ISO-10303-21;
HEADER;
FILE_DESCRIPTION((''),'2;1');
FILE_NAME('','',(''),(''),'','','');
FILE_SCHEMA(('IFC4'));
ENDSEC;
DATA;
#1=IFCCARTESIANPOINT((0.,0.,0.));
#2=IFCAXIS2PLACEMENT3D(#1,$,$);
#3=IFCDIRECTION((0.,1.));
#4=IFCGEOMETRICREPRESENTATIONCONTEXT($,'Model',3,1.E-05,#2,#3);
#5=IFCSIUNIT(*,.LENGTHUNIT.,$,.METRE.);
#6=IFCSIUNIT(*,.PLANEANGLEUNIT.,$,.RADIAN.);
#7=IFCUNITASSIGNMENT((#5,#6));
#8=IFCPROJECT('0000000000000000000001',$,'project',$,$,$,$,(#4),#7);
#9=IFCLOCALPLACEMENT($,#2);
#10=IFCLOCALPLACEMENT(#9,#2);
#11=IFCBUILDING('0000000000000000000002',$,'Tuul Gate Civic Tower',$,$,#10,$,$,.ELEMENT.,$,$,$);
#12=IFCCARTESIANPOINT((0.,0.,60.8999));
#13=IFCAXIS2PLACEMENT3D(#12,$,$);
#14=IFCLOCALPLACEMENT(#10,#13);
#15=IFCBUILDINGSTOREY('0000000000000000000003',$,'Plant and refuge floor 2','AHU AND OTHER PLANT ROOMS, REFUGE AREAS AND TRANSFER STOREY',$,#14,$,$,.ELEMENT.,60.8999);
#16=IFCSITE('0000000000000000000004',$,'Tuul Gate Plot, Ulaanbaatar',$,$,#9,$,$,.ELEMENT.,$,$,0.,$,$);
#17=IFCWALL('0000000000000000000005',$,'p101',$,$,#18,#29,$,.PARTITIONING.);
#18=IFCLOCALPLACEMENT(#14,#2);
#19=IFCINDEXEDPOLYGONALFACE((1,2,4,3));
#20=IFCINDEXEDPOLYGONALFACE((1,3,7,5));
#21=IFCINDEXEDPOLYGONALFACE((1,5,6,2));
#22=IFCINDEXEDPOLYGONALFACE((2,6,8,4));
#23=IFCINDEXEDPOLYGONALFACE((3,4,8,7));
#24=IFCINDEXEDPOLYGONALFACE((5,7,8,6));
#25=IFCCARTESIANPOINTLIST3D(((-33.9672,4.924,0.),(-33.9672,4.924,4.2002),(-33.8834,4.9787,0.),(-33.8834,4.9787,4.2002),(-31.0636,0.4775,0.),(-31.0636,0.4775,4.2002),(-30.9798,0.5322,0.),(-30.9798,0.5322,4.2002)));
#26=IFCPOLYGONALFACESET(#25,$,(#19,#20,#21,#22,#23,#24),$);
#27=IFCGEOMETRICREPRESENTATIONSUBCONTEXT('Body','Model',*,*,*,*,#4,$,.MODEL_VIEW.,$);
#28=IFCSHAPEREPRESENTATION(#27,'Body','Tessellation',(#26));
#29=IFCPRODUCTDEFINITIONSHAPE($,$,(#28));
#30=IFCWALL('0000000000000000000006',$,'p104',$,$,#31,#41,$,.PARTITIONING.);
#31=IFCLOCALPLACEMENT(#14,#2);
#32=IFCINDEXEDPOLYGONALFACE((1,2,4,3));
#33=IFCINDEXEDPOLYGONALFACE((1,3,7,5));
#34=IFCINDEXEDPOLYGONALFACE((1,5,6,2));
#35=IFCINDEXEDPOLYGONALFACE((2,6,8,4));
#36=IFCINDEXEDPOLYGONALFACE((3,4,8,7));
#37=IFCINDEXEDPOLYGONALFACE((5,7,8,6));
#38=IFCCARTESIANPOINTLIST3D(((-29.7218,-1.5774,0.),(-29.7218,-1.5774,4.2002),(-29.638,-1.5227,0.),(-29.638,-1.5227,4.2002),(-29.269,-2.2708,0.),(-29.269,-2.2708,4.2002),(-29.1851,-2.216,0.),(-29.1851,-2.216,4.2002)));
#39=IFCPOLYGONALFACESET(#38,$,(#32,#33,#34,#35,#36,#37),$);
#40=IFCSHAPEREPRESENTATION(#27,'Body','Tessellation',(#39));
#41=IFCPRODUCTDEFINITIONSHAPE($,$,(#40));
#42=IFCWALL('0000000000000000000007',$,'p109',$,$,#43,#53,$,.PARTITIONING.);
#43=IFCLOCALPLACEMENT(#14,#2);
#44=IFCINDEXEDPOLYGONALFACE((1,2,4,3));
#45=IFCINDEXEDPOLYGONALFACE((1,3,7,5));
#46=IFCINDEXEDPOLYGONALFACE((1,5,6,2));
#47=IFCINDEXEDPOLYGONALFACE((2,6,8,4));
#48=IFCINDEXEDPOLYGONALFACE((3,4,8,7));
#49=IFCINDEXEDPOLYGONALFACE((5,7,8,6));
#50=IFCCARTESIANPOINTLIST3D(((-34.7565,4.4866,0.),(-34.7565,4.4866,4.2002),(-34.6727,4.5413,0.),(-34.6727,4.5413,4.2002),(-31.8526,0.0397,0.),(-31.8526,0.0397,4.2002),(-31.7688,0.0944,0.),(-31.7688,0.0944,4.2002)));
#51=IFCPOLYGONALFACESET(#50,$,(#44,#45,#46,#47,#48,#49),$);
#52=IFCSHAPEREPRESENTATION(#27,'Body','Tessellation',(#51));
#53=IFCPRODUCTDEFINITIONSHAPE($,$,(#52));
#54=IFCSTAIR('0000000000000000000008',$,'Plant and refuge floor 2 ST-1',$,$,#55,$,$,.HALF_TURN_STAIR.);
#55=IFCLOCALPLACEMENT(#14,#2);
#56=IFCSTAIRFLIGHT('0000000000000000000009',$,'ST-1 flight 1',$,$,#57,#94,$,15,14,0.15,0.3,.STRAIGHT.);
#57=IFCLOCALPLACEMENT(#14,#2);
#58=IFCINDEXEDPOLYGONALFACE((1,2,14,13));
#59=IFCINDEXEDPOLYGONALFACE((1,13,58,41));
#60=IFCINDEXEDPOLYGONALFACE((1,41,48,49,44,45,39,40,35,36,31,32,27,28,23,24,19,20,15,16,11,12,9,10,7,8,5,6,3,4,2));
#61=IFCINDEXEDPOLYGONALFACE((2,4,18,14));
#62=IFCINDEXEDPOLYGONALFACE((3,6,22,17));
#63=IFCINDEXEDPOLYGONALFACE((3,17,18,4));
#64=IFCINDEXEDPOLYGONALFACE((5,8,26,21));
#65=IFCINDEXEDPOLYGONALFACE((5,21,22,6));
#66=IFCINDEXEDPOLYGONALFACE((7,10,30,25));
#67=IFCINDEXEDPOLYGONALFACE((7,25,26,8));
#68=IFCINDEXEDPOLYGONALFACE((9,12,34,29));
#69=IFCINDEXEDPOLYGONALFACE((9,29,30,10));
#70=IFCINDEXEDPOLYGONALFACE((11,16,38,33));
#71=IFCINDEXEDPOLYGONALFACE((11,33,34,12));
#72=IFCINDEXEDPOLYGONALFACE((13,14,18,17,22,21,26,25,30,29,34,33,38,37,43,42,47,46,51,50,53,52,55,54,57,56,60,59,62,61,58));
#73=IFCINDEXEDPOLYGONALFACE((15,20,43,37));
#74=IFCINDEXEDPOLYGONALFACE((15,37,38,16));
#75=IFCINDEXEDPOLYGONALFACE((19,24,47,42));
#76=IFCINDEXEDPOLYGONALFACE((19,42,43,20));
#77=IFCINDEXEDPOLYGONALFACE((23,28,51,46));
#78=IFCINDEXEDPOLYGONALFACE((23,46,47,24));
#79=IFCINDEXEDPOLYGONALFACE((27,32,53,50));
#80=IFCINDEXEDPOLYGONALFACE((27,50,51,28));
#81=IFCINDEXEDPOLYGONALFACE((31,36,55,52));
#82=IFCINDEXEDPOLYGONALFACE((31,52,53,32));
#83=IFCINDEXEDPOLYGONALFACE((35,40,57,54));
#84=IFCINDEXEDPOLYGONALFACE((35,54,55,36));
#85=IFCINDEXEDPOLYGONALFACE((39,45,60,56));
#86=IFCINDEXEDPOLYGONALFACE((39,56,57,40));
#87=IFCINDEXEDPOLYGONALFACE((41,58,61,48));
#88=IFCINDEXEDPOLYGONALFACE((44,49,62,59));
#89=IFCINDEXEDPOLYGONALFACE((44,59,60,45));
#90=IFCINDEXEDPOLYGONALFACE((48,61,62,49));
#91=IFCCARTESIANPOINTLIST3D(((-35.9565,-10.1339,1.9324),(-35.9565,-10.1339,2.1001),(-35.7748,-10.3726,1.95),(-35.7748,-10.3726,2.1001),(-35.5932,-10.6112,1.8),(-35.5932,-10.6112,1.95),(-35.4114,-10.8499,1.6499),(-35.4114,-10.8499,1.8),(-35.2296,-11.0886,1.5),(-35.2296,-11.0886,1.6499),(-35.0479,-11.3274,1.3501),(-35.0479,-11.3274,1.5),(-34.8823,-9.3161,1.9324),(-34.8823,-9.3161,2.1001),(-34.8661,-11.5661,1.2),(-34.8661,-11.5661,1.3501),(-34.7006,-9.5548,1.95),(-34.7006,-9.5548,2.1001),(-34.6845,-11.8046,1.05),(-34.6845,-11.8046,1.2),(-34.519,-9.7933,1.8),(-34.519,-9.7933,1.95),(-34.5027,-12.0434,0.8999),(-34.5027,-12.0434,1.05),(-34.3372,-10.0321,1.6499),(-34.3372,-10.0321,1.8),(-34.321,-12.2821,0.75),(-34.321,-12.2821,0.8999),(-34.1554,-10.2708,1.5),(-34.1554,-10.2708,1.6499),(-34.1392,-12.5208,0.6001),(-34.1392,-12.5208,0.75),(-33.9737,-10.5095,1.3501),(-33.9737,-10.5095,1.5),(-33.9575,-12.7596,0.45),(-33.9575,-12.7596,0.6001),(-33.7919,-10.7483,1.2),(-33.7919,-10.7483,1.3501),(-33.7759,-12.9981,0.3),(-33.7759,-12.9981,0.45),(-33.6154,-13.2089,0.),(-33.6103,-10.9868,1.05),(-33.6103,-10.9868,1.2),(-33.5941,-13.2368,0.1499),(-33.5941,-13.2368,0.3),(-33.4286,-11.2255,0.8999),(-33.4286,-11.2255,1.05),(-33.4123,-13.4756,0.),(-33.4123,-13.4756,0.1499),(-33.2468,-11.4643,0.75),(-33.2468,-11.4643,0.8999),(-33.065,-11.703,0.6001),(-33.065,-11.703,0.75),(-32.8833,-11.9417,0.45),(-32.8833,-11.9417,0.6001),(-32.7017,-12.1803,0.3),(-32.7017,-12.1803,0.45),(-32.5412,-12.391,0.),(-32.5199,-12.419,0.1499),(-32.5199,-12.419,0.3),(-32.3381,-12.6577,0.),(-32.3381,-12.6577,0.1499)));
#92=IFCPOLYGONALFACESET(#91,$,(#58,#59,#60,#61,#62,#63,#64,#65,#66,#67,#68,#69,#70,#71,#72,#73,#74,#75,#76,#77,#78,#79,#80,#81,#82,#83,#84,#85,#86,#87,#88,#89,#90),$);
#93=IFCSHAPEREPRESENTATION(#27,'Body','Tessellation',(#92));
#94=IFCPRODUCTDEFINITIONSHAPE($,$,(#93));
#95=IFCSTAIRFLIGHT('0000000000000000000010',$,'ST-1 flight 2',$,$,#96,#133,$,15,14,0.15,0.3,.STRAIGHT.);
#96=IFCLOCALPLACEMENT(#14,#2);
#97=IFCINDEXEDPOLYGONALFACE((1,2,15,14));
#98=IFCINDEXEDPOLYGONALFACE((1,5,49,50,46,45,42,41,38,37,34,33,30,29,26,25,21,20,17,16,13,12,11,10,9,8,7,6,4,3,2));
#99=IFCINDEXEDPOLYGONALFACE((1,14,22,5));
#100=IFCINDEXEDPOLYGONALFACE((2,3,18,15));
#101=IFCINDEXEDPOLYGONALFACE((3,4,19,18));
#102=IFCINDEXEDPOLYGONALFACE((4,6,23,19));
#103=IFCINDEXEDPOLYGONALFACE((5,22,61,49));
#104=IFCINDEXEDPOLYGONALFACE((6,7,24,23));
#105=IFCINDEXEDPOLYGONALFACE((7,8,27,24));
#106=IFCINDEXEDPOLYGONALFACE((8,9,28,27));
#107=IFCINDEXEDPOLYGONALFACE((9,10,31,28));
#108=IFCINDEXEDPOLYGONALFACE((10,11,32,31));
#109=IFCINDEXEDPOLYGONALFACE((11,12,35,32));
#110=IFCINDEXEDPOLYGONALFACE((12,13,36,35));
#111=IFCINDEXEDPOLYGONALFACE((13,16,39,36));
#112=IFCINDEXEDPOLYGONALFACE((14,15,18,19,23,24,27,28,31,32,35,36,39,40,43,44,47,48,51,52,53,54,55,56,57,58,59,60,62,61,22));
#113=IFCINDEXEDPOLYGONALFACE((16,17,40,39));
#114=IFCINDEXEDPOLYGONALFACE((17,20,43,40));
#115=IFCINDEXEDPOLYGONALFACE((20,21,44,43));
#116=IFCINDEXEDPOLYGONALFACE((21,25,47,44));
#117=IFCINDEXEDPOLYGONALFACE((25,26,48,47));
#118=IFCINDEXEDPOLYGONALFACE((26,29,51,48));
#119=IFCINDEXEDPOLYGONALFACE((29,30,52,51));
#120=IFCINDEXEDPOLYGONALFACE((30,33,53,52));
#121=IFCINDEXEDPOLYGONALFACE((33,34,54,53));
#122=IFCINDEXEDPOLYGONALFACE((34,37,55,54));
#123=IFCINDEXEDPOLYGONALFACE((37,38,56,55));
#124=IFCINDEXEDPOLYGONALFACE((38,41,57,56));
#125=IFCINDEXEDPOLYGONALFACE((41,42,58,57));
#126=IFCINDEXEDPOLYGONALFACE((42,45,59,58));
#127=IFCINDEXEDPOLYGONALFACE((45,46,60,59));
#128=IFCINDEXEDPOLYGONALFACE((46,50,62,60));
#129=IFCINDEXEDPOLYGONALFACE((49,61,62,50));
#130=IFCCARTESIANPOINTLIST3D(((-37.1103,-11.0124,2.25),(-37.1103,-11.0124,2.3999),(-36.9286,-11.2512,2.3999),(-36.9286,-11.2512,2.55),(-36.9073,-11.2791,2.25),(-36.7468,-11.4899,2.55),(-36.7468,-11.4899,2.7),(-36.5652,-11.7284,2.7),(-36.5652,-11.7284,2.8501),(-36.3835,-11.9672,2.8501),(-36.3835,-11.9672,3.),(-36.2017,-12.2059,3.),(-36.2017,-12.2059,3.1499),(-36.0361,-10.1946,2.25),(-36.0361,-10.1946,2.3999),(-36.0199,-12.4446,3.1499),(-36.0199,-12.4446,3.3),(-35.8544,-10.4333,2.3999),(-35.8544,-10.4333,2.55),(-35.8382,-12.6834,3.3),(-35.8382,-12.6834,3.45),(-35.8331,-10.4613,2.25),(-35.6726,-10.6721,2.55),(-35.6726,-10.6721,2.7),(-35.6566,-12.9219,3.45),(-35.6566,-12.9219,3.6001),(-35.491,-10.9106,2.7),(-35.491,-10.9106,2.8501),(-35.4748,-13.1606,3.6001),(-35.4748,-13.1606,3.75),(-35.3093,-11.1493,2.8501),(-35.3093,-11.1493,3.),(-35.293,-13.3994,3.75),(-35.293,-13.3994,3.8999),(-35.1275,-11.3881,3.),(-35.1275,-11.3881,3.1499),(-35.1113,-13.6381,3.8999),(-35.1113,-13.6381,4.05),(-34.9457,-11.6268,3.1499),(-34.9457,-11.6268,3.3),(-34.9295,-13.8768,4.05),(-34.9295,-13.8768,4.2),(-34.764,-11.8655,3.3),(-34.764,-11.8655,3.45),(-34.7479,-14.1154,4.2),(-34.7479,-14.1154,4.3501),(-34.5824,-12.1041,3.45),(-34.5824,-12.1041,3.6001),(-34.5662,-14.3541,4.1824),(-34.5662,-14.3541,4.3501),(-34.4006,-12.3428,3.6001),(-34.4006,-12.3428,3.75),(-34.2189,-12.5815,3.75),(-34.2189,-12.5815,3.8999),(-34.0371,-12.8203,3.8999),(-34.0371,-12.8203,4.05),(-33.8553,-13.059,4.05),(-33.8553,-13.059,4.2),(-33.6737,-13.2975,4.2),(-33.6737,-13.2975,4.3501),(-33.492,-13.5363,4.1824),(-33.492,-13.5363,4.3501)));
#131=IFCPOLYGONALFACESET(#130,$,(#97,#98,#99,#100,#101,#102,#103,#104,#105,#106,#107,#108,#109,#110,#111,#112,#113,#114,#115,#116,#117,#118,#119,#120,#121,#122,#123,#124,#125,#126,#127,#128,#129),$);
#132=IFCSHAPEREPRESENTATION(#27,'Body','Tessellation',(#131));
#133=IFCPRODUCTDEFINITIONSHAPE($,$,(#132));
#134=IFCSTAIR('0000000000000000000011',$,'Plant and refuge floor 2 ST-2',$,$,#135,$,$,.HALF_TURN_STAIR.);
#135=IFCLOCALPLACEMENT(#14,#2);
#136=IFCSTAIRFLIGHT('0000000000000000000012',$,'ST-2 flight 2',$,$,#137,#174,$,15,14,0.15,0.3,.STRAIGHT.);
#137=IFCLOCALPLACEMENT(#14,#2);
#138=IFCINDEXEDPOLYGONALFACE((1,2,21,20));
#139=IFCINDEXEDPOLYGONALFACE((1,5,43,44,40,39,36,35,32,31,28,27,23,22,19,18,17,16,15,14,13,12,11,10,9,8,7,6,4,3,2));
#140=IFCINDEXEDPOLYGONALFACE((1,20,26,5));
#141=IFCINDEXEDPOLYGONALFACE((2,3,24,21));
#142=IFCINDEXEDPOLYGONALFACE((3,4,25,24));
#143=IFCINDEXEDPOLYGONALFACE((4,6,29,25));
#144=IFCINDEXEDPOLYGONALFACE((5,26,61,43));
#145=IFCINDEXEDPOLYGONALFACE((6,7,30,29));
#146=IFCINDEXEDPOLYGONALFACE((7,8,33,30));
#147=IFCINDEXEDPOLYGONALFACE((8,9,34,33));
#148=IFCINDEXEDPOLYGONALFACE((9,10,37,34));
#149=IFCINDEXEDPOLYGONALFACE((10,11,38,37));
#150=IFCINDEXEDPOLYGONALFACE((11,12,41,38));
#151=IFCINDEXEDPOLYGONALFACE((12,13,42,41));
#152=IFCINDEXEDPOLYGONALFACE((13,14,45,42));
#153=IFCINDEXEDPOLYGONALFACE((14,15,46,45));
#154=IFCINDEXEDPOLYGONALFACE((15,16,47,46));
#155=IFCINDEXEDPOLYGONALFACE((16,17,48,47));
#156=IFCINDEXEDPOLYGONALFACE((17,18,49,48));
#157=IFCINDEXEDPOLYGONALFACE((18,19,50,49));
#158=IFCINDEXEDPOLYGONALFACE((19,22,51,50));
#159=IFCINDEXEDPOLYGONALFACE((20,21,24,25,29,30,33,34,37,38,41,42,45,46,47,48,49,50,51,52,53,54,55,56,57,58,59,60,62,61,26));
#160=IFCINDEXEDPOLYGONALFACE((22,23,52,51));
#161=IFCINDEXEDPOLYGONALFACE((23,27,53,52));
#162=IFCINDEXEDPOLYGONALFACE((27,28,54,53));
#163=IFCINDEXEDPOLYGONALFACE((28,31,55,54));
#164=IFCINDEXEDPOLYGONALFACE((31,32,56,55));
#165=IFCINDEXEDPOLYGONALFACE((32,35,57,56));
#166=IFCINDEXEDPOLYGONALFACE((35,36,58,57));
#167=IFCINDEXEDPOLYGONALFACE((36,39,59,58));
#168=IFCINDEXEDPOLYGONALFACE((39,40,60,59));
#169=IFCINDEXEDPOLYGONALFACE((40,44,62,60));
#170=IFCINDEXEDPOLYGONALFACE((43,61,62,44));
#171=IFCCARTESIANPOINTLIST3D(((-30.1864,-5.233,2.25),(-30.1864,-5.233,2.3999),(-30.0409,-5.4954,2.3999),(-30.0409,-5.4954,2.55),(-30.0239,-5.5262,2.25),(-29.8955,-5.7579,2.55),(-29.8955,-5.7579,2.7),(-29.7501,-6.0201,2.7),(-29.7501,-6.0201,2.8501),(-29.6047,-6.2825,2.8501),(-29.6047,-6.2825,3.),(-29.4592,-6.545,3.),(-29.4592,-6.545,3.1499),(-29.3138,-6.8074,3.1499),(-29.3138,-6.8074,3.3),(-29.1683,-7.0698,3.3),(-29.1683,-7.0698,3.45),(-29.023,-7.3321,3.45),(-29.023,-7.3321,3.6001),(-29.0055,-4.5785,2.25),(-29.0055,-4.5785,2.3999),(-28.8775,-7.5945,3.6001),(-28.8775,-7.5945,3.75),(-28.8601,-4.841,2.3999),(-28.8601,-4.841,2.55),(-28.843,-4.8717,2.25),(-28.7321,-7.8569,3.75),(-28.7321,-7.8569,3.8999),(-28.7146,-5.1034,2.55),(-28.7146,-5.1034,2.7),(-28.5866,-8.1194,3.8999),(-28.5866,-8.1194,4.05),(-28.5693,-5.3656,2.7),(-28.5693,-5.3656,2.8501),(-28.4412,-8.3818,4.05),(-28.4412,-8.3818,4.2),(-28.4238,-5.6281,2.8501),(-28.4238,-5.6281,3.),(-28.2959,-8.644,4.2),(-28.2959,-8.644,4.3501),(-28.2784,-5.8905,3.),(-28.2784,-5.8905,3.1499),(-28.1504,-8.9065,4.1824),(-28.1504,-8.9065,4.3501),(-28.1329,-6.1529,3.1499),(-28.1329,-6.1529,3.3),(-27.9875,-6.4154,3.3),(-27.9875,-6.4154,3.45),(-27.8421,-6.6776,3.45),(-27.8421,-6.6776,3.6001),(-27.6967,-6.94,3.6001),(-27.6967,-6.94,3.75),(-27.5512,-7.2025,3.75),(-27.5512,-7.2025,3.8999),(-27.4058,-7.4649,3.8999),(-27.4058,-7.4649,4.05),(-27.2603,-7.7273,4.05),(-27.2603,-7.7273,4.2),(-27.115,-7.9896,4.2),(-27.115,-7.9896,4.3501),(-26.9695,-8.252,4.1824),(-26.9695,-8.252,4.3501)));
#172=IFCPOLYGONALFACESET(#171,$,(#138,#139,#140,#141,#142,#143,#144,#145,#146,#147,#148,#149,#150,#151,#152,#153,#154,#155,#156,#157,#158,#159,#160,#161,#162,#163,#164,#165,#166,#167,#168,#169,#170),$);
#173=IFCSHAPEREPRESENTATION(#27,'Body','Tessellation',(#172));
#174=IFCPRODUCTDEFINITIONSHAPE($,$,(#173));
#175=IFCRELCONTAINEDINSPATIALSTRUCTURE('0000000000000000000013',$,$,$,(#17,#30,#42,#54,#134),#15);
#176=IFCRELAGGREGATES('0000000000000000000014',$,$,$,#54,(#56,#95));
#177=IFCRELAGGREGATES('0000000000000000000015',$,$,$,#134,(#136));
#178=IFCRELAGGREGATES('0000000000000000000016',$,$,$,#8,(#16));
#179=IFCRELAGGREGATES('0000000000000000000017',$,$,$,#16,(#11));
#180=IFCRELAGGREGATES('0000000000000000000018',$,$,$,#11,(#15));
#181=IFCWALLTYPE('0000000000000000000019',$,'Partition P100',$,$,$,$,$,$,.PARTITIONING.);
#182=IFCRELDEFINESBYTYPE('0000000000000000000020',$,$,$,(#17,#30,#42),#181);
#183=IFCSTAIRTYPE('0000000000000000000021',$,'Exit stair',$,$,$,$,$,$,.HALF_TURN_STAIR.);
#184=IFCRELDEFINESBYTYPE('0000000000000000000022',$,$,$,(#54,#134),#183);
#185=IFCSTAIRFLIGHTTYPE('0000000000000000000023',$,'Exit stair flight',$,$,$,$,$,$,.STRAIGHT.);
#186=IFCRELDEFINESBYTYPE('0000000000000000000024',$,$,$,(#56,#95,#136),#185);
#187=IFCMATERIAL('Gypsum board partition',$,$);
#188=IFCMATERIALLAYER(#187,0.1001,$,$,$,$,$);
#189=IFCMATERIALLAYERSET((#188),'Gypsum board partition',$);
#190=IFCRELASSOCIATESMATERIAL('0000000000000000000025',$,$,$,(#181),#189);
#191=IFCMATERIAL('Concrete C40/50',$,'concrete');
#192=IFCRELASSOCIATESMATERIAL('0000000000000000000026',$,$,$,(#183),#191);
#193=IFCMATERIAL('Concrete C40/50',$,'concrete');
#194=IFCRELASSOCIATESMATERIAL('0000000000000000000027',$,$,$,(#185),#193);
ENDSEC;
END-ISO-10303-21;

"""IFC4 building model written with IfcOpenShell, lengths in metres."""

from ifc_helpers import new_model, si_unit, direction, frame, frame_2d, origin, place, context, subcontext, project, spatial, polyline, rectangle, outline, extrude, material, layer, layer_set, type_object, element, aggregate, save


model = new_model("IFC4")

# Units and contexts
model_context = context("Model", 3, precision=1e-05, world=origin(), true_north=direction((0.0, 1.0)))
body_context = subcontext(model_context, "Body", "Model", "MODEL_VIEW")
ifc_project = project(units=[si_unit("LENGTHUNIT", "METRE"), si_unit("PLANEANGLEUNIT", "RADIAN")], contexts=[model_context])

# Site, building, storey
site_placement = place(None, origin())
site = spatial("IfcSite", under=ifc_project, at=site_placement, Name="Tuul Gate Plot, Ulaanbaatar", CompositionType="ELEMENT", RefElevation=0.0)
building_placement = place(site_placement, origin())
building = spatial("IfcBuilding", under=site, at=building_placement, Name="Tuul Gate Civic Tower", CompositionType="ELEMENT")
storey_placement = place(building_placement, frame((0.0, 0.0, 60.8999)))
storey = spatial("IfcBuildingStorey", under=building, at=storey_placement, Name="Plant and refuge floor 2", Description="AHU AND OTHER PLANT ROOMS, REFUGE AREAS AND TRANSFER STOREY", CompositionType="ELEMENT", Elevation=60.8999)

# Walls
ifc_material_1 = material(Name="Gypsum board partition")
ifc_layer_1 = layer(ifc_material_1, 0.1001)
ifc_layer_set_1 = layer_set([ifc_layer_1], Name="Gypsum board partition")
wall_type_1 = type_object("IfcWallType", Name="Partition P100", PredefinedType="PARTITIONING", material=ifc_layer_set_1)
wall_1_placement = place(storey_placement, frame((-31.0217, 0.5049, 0.0), z_axis=(0.0, 0.0, 1.0), x_axis=(-0.54675, 0.837296, 0.0)))
element("IfcWall", 1, at=wall_1_placement, inside=storey, type_object=wall_type_1, Name="p101", PredefinedType="PARTITIONING", context=body_context, shape_type="SweptSolid", body=[
    extrude(rectangle(XDim=5.3105, YDim=0.1001, at=frame_2d((2.6553, 0.0))), origin(), (0.0, 0.0, 1.0), 4.2002),
])
wall_2_placement = place(storey_placement, frame((-29.2271, -2.2434, 0.0), z_axis=(0.0, 0.0, 1.0), x_axis=(-0.546852, 0.837229, 0.0)))
element("IfcWall", 2, at=wall_2_placement, inside=storey, type_object=wall_type_1, Name="p104", PredefinedType="PARTITIONING", context=body_context, shape_type="SweptSolid", body=[
    extrude(rectangle(XDim=0.8281, YDim=0.1001, at=frame_2d((0.4141, 0.0))), origin(), (0.0, 0.0, 1.0), 4.2002),
])
wall_3_placement = place(storey_placement, frame((-34.7146, 4.5139, 0.0), z_axis=(0.0, 0.0, 1.0), x_axis=(0.546761, -0.837289, 0.0)))
element("IfcWall", 3, at=wall_3_placement, inside=storey, type_object=wall_type_1, Name="p109", PredefinedType="PARTITIONING", context=body_context, shape_type="SweptSolid", body=[
    extrude(rectangle(XDim=5.311, YDim=0.1001, at=frame_2d((2.6555, 0.0))), origin(), (0.0, 0.0, 1.0), 4.2002),
])

# Stair, stair flights
ifc_material_2 = material(Name="Concrete C40/50", Category="concrete")
stair_type = type_object("IfcStairType", Name="Exit stair", PredefinedType="HALF_TURN_STAIR", material=ifc_material_2)
stair_1_placement = place(storey_placement, origin())
stair_1 = element("IfcStair", 4, at=stair_1_placement, inside=storey, type_object=stair_type, Name="Plant and refuge floor 2 ST-1", PredefinedType="HALF_TURN_STAIR")
ifc_material_3 = material(Name="Concrete C40/50", Category="concrete")
stair_flight_type = type_object("IfcStairFlightType", Name="Exit stair flight", PredefinedType="STRAIGHT", material=ifc_material_3)
stair_flight_1_placement = place(storey_placement, frame((-32.8752, -13.0667, 0.0), z_axis=(0.0, 0.0, 1.0), x_axis=(-0.605764, 0.795644, 0.0)))
stair_flight_1 = element("IfcStairFlight", 5, at=stair_flight_1_placement, type_object=stair_flight_type, Name="ST-1 flight 1", NumberOfRisers=15, NumberOfTreads=14, PredefinedType="STRAIGHT", RiserHeight=0.15, TreadLength=0.3, context=body_context, shape_type="SweptSolid", body=[
    extrude(outline(polyline([(0.0, 0.0), (0.0, 0.1499), (0.3, 0.1499), (0.3, 0.3), (0.6001, 0.3), (0.6001, 0.45), (0.8999, 0.45), (0.8999, 0.6001), (1.2, 0.6001), (1.2, 0.75), (1.5, 0.75), (1.5, 0.8999), (1.8, 0.8999), (1.8, 1.05), (2.1001, 1.05), (2.1001, 1.2), (2.3999, 1.2), (2.3999, 1.3501), (2.7, 1.3501), (2.7, 1.5), (3.0, 1.5), (3.0, 1.6499), (3.3, 1.6499), (3.3, 1.8), (3.6001, 1.8), (3.6001, 1.95), (3.8999, 1.95), (3.8999, 2.1001), (4.2, 2.1001), (4.2, 2.25), (4.2, 1.9324), (0.3352, 0.0), (0.0, 0.0)])), frame((0.0, 0.675, 0.0), z_axis=(0.0, -1.0, 0.0), x_axis=(1.0, 0.0, 0.0)), (0.0, 0.0, 1.0), 1.3501),
])
stair_flight_2_placement = place(storey_placement, frame((-36.5732, -10.6035, 2.25), z_axis=(0.0, 0.0, 1.0), x_axis=(0.605764, -0.795644, 0.0)))
stair_flight_2 = element("IfcStairFlight", 6, at=stair_flight_2_placement, type_object=stair_flight_type, Name="ST-1 flight 2", NumberOfRisers=15, NumberOfTreads=14, PredefinedType="STRAIGHT", RiserHeight=0.15, TreadLength=0.3, context=body_context, shape_type="SweptSolid", body=[
    extrude(outline(polyline([(0.0, 0.0), (0.0, 0.1499), (0.3, 0.1499), (0.3, 0.3), (0.6001, 0.3), (0.6001, 0.45), (0.8999, 0.45), (0.8999, 0.6001), (1.2, 0.6001), (1.2, 0.75), (1.5, 0.75), (1.5, 0.8999), (1.8, 0.8999), (1.8, 1.05), (2.1001, 1.05), (2.1001, 1.2), (2.3999, 1.2), (2.3999, 1.3501), (2.7, 1.3501), (2.7, 1.5), (3.0, 1.5), (3.0, 1.6499), (3.3, 1.6499), (3.3, 1.8), (3.6001, 1.8), (3.6001, 1.95), (3.8999, 1.95), (3.8999, 2.1001), (4.2, 2.1001), (4.2, 2.25), (4.2, 1.9324), (0.3352, 0.0), (0.0, 0.0)])), frame((0.0, 0.675, 0.0), z_axis=(0.0, -1.0, 0.0), x_axis=(1.0, 0.0, 0.0)), (0.0, 0.0, 1.0), 1.3501),
])
aggregate(stair_1, [stair_flight_1, stair_flight_2])

# Stair, stair flight
stair_2_placement = place(storey_placement, origin())
stair_2 = element("IfcStair", 7, at=stair_2_placement, inside=storey, type_object=stair_type, Name="Plant and refuge floor 2 ST-2", PredefinedType="HALF_TURN_STAIR")
stair_flight_3_placement = place(storey_placement, frame((-29.5959, -4.9058, 2.25), z_axis=(0.0, 0.0, 1.0), x_axis=(0.484762, -0.874646, 0.0)))
stair_flight_3 = element("IfcStairFlight", 8, at=stair_flight_3_placement, type_object=stair_flight_type, Name="ST-2 flight 2", NumberOfRisers=15, NumberOfTreads=14, PredefinedType="STRAIGHT", RiserHeight=0.15, TreadLength=0.3, context=body_context, shape_type="SweptSolid", body=[
    extrude(outline(polyline([(0.0, 0.0), (0.0, 0.1499), (0.3, 0.1499), (0.3, 0.3), (0.6001, 0.3), (0.6001, 0.45), (0.8999, 0.45), (0.8999, 0.6001), (1.2, 0.6001), (1.2, 0.75), (1.5, 0.75), (1.5, 0.8999), (1.8, 0.8999), (1.8, 1.05), (2.1001, 1.05), (2.1001, 1.2), (2.3999, 1.2), (2.3999, 1.3501), (2.7, 1.3501), (2.7, 1.5), (3.0, 1.5), (3.0, 1.6499), (3.3, 1.6499), (3.3, 1.8), (3.6001, 1.8), (3.6001, 1.95), (3.8999, 1.95), (3.8999, 2.1001), (4.2, 2.1001), (4.2, 2.25), (4.2, 1.9324), (0.3352, 0.0), (0.0, 0.0)])), frame((0.0, 0.675, 0.0), z_axis=(0.0, -1.0, 0.0), x_axis=(1.0, 0.0, 0.0)), (0.0, 0.0, 1.0), 1.3501),
])
aggregate(stair_2, [stair_flight_3])

save(model, "model.ifc")
